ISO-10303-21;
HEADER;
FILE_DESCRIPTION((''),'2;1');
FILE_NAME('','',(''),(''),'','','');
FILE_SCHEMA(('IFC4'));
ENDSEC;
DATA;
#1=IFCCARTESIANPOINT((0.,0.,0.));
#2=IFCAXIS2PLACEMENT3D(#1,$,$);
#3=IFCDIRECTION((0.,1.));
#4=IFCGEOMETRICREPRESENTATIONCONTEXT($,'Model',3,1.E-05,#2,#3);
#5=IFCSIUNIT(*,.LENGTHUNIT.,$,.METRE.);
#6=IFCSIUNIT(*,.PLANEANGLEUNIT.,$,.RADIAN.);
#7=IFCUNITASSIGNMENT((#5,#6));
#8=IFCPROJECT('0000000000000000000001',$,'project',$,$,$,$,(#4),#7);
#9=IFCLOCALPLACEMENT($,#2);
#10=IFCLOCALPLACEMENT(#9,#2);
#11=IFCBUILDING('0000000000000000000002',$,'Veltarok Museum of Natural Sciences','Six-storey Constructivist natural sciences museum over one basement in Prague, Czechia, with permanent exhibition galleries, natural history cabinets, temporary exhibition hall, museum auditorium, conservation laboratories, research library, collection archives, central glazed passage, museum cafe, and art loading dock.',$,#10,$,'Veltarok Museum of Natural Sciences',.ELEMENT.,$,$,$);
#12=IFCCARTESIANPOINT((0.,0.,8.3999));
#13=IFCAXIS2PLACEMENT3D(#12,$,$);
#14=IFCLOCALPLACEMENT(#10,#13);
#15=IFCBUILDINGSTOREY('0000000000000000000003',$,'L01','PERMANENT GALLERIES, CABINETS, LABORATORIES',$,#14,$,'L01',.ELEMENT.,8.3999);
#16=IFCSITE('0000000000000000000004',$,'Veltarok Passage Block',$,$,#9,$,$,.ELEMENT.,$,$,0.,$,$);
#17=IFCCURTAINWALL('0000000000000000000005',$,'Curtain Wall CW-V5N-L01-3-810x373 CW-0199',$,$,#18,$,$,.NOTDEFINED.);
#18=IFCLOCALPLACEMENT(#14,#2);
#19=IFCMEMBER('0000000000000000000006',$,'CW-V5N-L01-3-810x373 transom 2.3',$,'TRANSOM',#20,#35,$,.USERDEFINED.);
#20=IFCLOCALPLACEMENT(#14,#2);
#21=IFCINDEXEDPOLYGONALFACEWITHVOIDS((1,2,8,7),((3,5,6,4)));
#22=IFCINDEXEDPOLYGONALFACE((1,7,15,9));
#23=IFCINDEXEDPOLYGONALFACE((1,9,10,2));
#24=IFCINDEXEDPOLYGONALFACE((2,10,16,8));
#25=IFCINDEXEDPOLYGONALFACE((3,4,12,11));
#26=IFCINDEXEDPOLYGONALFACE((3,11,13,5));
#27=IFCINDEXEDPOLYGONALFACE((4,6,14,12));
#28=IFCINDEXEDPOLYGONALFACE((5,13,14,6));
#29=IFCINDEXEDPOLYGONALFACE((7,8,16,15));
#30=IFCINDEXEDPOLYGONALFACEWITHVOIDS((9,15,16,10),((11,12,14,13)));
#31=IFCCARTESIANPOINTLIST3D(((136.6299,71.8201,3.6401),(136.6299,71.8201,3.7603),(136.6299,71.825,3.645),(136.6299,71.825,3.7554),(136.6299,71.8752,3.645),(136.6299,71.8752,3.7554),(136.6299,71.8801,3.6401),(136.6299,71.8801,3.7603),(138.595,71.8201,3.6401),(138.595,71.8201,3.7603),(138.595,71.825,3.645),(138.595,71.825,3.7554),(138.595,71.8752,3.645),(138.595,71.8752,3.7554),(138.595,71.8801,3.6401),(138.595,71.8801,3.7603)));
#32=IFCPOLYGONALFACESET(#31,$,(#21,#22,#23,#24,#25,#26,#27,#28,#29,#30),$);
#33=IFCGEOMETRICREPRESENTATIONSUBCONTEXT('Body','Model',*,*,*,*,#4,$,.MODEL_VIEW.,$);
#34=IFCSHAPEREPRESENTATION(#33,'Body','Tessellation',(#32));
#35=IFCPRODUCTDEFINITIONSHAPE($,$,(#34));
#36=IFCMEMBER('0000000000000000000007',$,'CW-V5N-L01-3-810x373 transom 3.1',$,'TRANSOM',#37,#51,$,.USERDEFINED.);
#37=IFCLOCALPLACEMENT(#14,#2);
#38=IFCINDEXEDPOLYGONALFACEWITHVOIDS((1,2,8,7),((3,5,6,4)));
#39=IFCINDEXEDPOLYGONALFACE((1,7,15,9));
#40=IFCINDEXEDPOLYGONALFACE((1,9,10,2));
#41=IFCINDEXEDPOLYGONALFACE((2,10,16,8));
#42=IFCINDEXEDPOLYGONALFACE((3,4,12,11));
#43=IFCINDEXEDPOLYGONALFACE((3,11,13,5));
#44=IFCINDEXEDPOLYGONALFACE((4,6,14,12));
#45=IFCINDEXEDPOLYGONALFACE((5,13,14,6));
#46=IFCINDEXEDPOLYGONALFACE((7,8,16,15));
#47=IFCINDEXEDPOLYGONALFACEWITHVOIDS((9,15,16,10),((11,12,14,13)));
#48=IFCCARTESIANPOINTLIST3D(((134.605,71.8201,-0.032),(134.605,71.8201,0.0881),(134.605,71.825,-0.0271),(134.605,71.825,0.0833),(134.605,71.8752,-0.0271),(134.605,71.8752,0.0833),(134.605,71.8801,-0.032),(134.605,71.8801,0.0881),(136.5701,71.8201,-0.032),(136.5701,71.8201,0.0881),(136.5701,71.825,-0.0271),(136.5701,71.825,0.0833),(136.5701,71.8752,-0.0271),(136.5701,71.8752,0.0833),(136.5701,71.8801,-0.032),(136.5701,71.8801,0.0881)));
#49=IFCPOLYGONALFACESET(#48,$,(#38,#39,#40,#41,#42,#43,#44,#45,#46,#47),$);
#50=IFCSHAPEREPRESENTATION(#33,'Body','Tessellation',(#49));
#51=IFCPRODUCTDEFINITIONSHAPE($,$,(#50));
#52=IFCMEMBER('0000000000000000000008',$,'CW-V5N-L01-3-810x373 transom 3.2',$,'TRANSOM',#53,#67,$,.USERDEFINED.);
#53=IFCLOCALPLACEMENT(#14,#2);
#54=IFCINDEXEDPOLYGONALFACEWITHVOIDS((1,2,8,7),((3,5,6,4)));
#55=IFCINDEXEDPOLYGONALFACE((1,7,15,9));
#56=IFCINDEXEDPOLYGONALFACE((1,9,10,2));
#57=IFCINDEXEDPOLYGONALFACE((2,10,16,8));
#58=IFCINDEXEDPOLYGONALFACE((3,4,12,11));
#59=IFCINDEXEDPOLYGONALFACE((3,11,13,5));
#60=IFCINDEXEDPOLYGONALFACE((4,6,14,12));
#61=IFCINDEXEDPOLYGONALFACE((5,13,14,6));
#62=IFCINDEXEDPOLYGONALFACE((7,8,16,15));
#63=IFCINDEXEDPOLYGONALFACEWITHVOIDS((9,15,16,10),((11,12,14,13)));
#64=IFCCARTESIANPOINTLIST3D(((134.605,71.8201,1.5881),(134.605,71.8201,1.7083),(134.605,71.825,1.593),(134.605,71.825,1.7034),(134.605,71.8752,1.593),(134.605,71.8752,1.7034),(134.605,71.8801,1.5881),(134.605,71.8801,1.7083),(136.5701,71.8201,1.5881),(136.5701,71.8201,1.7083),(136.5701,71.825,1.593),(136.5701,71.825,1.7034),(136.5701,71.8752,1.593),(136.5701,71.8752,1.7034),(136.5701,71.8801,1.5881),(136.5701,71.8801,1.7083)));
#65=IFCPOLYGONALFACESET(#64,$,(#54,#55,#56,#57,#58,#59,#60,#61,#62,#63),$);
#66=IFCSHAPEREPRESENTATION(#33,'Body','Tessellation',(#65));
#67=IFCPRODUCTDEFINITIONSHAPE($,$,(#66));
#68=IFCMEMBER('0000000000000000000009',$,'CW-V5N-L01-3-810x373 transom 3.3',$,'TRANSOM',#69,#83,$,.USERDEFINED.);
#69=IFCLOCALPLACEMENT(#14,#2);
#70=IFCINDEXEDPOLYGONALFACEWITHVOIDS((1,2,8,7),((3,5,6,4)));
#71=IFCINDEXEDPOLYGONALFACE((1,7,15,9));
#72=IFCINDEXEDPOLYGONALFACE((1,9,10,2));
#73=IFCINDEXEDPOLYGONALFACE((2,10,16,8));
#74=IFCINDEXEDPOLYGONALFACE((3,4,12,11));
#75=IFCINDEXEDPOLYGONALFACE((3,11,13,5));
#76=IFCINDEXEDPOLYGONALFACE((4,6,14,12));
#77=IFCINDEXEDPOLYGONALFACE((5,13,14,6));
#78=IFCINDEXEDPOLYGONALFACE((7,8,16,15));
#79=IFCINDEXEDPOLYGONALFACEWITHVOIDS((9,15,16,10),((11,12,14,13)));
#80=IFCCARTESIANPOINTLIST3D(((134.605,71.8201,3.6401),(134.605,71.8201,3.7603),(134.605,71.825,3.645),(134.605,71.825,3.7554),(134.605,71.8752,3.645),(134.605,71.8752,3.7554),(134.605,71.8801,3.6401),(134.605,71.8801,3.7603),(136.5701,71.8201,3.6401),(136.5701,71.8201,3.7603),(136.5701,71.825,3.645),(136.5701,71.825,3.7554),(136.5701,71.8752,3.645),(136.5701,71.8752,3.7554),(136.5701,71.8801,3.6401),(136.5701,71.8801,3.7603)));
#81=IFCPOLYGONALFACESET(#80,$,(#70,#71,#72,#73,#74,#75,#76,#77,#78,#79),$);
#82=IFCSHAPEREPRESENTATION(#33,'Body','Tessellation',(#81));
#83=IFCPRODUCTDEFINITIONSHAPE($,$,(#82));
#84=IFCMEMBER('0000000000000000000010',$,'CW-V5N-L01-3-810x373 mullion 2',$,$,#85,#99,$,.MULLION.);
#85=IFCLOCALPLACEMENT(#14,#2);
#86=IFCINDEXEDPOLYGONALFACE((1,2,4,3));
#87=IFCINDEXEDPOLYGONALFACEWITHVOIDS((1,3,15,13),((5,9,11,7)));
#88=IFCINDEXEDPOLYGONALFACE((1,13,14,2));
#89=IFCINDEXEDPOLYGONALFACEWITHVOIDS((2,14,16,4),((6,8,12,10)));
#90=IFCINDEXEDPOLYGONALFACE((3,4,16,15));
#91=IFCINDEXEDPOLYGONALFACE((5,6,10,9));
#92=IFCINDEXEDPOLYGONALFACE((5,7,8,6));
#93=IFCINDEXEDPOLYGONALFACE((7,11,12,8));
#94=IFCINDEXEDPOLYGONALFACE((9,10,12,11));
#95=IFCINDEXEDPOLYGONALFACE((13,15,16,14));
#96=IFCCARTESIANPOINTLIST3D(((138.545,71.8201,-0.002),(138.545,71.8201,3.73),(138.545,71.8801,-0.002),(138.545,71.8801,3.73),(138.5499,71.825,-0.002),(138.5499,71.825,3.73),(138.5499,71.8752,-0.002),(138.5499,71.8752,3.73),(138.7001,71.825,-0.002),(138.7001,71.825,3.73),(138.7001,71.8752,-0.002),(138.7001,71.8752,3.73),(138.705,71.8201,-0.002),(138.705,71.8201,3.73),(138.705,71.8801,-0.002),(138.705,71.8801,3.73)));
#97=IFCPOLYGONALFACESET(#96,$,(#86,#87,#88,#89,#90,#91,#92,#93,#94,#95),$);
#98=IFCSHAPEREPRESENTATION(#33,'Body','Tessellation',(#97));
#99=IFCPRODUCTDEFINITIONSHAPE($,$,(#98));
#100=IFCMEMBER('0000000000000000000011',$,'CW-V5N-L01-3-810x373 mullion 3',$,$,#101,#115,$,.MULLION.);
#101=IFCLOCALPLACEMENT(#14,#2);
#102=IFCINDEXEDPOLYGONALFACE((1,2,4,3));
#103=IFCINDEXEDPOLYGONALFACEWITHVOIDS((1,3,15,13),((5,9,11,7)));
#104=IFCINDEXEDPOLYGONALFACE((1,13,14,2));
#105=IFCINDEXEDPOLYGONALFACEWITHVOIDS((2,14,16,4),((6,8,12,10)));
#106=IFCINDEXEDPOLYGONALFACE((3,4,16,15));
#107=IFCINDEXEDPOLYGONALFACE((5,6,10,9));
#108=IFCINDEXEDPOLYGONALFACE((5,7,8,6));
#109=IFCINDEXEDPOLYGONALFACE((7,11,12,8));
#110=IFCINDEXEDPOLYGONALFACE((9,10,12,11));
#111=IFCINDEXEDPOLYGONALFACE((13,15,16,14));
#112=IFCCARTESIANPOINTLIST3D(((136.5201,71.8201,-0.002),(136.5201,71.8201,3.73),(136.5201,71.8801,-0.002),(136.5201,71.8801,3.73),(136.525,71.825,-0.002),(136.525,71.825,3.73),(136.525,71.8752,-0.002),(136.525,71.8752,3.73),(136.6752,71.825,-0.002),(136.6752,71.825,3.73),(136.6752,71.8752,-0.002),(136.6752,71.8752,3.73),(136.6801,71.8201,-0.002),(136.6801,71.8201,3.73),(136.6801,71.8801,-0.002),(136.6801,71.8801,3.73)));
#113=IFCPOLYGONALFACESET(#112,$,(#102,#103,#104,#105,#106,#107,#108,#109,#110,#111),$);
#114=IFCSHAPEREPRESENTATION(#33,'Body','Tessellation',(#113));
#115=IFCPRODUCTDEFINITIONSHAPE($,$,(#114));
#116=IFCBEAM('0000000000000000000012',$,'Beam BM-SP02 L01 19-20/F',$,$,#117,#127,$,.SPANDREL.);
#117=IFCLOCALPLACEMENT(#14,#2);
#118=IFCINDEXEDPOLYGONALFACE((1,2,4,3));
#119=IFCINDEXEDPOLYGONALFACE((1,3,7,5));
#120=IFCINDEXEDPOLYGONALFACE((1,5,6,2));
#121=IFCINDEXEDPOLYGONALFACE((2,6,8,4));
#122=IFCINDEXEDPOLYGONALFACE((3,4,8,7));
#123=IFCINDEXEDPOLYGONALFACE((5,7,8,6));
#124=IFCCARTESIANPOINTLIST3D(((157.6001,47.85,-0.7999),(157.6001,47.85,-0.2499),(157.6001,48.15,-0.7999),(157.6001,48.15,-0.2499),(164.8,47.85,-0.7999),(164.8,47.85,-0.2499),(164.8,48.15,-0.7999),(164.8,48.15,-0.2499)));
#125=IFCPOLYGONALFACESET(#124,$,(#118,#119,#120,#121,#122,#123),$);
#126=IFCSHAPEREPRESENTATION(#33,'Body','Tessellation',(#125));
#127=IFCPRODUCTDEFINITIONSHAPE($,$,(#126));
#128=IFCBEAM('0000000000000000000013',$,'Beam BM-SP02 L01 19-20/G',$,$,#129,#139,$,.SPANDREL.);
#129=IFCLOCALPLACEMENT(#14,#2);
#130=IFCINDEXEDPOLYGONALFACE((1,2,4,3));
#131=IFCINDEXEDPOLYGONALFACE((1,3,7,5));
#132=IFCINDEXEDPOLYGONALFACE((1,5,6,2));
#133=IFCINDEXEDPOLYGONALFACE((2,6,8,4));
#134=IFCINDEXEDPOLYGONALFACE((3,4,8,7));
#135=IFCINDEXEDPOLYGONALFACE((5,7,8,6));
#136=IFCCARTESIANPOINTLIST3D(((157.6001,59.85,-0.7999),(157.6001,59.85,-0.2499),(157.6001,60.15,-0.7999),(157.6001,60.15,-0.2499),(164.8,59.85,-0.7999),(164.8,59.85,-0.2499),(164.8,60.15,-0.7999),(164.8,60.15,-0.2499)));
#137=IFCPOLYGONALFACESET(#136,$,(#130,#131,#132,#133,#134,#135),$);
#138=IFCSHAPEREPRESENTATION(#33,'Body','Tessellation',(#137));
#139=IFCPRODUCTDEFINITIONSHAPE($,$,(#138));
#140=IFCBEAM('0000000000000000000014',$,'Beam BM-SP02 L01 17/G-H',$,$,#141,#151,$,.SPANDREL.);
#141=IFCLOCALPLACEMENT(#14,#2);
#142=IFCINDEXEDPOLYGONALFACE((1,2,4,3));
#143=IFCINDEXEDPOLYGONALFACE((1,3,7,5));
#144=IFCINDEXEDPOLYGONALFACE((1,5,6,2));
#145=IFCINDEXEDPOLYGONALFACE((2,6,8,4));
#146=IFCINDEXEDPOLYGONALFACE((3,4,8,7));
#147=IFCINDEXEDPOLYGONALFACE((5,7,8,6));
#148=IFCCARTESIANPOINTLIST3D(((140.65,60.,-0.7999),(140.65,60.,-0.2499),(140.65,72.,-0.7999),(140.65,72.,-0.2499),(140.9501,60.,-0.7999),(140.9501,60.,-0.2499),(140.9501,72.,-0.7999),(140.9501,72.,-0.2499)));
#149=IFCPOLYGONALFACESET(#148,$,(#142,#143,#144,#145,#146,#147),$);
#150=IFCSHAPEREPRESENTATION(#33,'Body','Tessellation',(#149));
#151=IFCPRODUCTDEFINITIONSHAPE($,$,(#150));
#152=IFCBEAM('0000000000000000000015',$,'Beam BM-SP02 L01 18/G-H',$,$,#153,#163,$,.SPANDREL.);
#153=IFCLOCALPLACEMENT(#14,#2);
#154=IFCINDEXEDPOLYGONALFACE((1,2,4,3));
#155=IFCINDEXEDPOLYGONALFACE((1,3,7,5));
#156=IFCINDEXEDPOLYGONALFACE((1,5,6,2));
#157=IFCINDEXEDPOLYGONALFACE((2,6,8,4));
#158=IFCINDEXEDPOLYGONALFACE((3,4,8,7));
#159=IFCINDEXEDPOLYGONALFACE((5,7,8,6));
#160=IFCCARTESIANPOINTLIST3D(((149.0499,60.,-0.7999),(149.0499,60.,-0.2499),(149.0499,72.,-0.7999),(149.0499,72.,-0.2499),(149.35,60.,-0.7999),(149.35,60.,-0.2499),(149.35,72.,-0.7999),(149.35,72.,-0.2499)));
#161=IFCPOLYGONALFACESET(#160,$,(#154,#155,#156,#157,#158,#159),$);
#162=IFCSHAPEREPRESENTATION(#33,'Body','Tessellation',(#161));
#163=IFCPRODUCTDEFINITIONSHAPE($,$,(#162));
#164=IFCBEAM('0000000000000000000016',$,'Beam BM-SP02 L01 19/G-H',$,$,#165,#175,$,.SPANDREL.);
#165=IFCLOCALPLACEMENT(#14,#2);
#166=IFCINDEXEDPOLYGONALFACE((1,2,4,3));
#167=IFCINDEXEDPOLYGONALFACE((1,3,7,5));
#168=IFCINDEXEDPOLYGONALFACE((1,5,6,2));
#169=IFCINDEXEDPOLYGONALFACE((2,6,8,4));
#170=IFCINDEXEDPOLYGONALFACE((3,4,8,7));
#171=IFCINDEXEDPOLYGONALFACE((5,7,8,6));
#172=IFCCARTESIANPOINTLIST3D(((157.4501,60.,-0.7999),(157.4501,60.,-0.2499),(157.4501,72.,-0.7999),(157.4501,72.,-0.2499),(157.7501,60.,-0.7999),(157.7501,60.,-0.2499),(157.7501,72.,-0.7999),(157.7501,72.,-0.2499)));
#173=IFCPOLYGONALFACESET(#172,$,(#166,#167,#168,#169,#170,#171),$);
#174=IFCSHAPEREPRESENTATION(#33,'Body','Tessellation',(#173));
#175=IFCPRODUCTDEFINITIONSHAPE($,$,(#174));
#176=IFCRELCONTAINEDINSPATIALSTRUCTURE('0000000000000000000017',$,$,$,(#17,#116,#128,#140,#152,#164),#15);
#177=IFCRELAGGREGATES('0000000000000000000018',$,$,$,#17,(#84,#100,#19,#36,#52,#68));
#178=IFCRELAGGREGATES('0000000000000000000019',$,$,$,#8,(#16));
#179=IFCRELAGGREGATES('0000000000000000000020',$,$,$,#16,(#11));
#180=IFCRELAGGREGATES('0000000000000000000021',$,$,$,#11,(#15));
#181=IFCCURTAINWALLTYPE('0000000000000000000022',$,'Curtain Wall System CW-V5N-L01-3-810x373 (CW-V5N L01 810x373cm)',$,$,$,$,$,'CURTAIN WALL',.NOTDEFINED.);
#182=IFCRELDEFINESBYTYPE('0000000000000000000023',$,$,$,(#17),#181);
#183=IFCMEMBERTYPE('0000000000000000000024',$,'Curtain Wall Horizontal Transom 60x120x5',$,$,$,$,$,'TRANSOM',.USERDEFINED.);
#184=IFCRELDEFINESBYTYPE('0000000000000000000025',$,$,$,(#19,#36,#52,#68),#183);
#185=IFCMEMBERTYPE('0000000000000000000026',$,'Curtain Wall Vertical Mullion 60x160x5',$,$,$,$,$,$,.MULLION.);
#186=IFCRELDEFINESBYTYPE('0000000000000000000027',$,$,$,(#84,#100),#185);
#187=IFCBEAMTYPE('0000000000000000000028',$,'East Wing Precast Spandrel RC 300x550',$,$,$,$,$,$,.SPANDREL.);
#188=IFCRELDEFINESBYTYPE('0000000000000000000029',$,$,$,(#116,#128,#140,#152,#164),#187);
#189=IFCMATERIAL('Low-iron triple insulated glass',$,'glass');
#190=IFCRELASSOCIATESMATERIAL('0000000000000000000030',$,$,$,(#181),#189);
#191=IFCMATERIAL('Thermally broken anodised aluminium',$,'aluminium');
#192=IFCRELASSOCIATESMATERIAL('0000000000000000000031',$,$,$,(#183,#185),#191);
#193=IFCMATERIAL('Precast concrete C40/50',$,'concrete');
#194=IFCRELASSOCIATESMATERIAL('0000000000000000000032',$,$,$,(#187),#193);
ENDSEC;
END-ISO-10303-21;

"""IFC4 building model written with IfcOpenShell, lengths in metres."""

from ifc_helpers import new_model, si_unit, direction, frame, origin, origin_2d, place, context, subcontext, project, spatial, rectangle, hollow_rectangle, extrude, material, material_profile, profile_set, type_object, element, aggregate, save


model = new_model("IFC4")

# Units and contexts
model_context = context("Model", 3, precision=1e-05, world=origin(), true_north=direction((0.0, 1.0)))
body_context = subcontext(model_context, "Body", "Model", "MODEL_VIEW")
ifc_project = project(units=[si_unit("LENGTHUNIT", "METRE"), si_unit("PLANEANGLEUNIT", "RADIAN")], contexts=[model_context])

# Site, building, storey
site_placement = place(None, origin())
site = spatial("IfcSite", under=ifc_project, at=site_placement, Name="Veltarok Passage Block", CompositionType="ELEMENT", RefElevation=0.0)
building_placement = place(site_placement, origin())
building = spatial("IfcBuilding", under=site, at=building_placement, Name="Veltarok Museum of Natural Sciences", Description="Six-storey Constructivist natural sciences museum over one basement in Prague, Czechia, with permanent exhibition galleries, natural history cabinets, temporary exhibition hall, museum auditorium, conservation laboratories, research library, collection archives, central glazed passage, museum cafe, and art loading dock.", LongName="Veltarok Museum of Natural Sciences", CompositionType="ELEMENT")
storey_placement = place(building_placement, frame((0.0, 0.0, 8.3999)))
storey = spatial("IfcBuildingStorey", under=building, at=storey_placement, Name="L01", Description="PERMANENT GALLERIES, CABINETS, LABORATORIES", LongName="L01", CompositionType="ELEMENT", Elevation=8.3999)

# Curtain wall, members
ifc_material_1 = material(Name="Low-iron triple insulated glass", Category="glass")
curtain_wall_type = type_object("IfcCurtainWallType", Name="Curtain Wall System CW-V5N-L01-3-810x373 (CW-V5N L01 810x373cm)", ElementType="CURTAIN WALL", PredefinedType="NOTDEFINED", material=ifc_material_1)
curtain_wall_placement = place(storey_placement, origin())
curtain_wall = element("IfcCurtainWall", 1, at=curtain_wall_placement, inside=storey, type_object=curtain_wall_type, Name="Curtain Wall CW-V5N-L01-3-810x373 CW-0199", PredefinedType="NOTDEFINED")
ifc_material_2 = material(Name="Thermally broken anodised aluminium", Category="aluminium")
ifc_material_profile_1 = material_profile(ifc_material_2, hollow_rectangle(XDim=0.0601, YDim=0.1201, WallThickness=0.0049, at=origin_2d()), Name="CW TRANSOM 60x120x5")
ifc_profile_set_1 = profile_set([ifc_material_profile_1], Name="Thermally broken anodised aluminium")
member_type_1 = type_object("IfcMemberType", Name="Curtain Wall Horizontal Transom 60x120x5", ElementType="TRANSOM", PredefinedType="USERDEFINED", material=ifc_profile_set_1)
member_1_placement = place(storey_placement, frame((138.595, 71.8501, 3.7002), z_axis=(-1.0, 0.0, 0.0), x_axis=(0.0, -1.0, 0.0)))
member_1 = element("IfcMember", 2, at=member_1_placement, type_object=member_type_1, Name="CW-V5N-L01-3-810x373 transom 2.3", ObjectType="TRANSOM", PredefinedType="USERDEFINED", context=body_context, shape_type="SweptSolid", body=[
    extrude(hollow_rectangle(XDim=0.0601, YDim=0.1201, WallThickness=0.0049, at=origin_2d()), origin(), (0.0, 0.0, 1.0), 1.9651),
])
member_2_placement = place(storey_placement, frame((136.5701, 71.8501, 0.0281), z_axis=(-1.0, 0.0, 0.0), x_axis=(0.0, -1.0, 0.0)))
member_2 = element("IfcMember", 3, at=member_2_placement, type_object=member_type_1, Name="CW-V5N-L01-3-810x373 transom 3.1", ObjectType="TRANSOM", PredefinedType="USERDEFINED", context=body_context, shape_type="SweptSolid", body=[
    extrude(hollow_rectangle(XDim=0.0601, YDim=0.1201, WallThickness=0.0049, at=origin_2d()), origin(), (0.0, 0.0, 1.0), 1.9651),
])
member_3_placement = place(storey_placement, frame((136.5701, 71.8501, 1.6482), z_axis=(-1.0, 0.0, 0.0), x_axis=(0.0, -1.0, 0.0)))
member_3 = element("IfcMember", 4, at=member_3_placement, type_object=member_type_1, Name="CW-V5N-L01-3-810x373 transom 3.2", ObjectType="TRANSOM", PredefinedType="USERDEFINED", context=body_context, shape_type="SweptSolid", body=[
    extrude(hollow_rectangle(XDim=0.0601, YDim=0.1201, WallThickness=0.0049, at=origin_2d()), origin(), (0.0, 0.0, 1.0), 1.9651),
])
member_4_placement = place(storey_placement, frame((136.5701, 71.8501, 3.7002), z_axis=(-1.0, 0.0, 0.0), x_axis=(0.0, -1.0, 0.0)))
member_4 = element("IfcMember", 5, at=member_4_placement, type_object=member_type_1, Name="CW-V5N-L01-3-810x373 transom 3.3", ObjectType="TRANSOM", PredefinedType="USERDEFINED", context=body_context, shape_type="SweptSolid", body=[
    extrude(hollow_rectangle(XDim=0.0601, YDim=0.1201, WallThickness=0.0049, at=origin_2d()), origin(), (0.0, 0.0, 1.0), 1.9651),
])
ifc_material_profile_2 = material_profile(ifc_material_2, hollow_rectangle(XDim=0.0601, YDim=0.1599, WallThickness=0.0049, at=origin_2d()), Name="CW MULLION 60x160x5")
ifc_profile_set_2 = profile_set([ifc_material_profile_2], Name="Thermally broken anodised aluminium")
member_type_2 = type_object("IfcMemberType", Name="Curtain Wall Vertical Mullion 60x160x5", PredefinedType="MULLION", material=ifc_profile_set_2)
member_5_placement = place(storey_placement, frame((138.625, 71.8501, -0.002), z_axis=(0.0, 0.0, 1.0), x_axis=(0.0, -1.0, 0.0)))
member_5 = element("IfcMember", 6, at=member_5_placement, type_object=member_type_2, Name="CW-V5N-L01-3-810x373 mullion 2", PredefinedType="MULLION", context=body_context, shape_type="SweptSolid", body=[
    extrude(hollow_rectangle(XDim=0.0601, YDim=0.1599, WallThickness=0.0049, at=origin_2d()), origin(), (0.0, 0.0, 1.0), 3.7319),
])
member_6_placement = place(storey_placement, frame((136.6001, 71.8501, -0.002), z_axis=(0.0, 0.0, 1.0), x_axis=(0.0, -1.0, 0.0)))
member_6 = element("IfcMember", 7, at=member_6_placement, type_object=member_type_2, Name="CW-V5N-L01-3-810x373 mullion 3", PredefinedType="MULLION", context=body_context, shape_type="SweptSolid", body=[
    extrude(hollow_rectangle(XDim=0.0601, YDim=0.1599, WallThickness=0.0049, at=origin_2d()), origin(), (0.0, 0.0, 1.0), 3.7319),
])

# Beams
ifc_material_3 = material(Name="Precast concrete C40/50", Category="concrete")
ifc_material_profile_3 = material_profile(ifc_material_3, rectangle(XDim=0.3, YDim=0.55, at=origin_2d()), Name="RC 300x550")
ifc_profile_set_3 = profile_set([ifc_material_profile_3], Name="Precast concrete C40/50")
beam_type_1 = type_object("IfcBeamType", Name="East Wing Precast Spandrel RC 300x550", PredefinedType="SPANDREL", material=ifc_profile_set_3)
for number, where, z_axis, x_axis, name in (
    (8, (157.6001, 48.0, -0.5249), (1.0, 0.0, 0.0), (0.0, 1.0, 0.0), "Beam BM-SP02 L01 19-20/F"),
    (9, (157.6001, 60.0, -0.5249), (1.0, 0.0, 0.0), (0.0, 1.0, 0.0), "Beam BM-SP02 L01 19-20/G"),
):
    element("IfcBeam", number, at=place(storey_placement, frame(where, z_axis=z_axis, x_axis=x_axis)), inside=storey, type_object=beam_type_1, Name=name, PredefinedType="SPANDREL", context=body_context, shape_type="SweptSolid", body=[
        extrude(rectangle(XDim=0.3, YDim=0.55, at=origin_2d()), origin(), (0.0, 0.0, 1.0), 7.2),
    ])
for number, where, z_axis, x_axis, name in (
    (10, (140.8, 60.0, -0.5249), (0.0, 1.0, 0.0), (-1.0, 0.0, 0.0), "Beam BM-SP02 L01 17/G-H"),
    (11, (149.2, 60.0, -0.5249), (0.0, 1.0, 0.0), (-1.0, 0.0, 0.0), "Beam BM-SP02 L01 18/G-H"),
    (12, (157.6001, 60.0, -0.5249), (0.0, 1.0, 0.0), (-1.0, 0.0, 0.0), "Beam BM-SP02 L01 19/G-H"),
):
    element("IfcBeam", number, at=place(storey_placement, frame(where, z_axis=z_axis, x_axis=x_axis)), inside=storey, type_object=beam_type_1, Name=name, PredefinedType="SPANDREL", context=body_context, shape_type="SweptSolid", body=[
        extrude(rectangle(XDim=0.3, YDim=0.55, at=origin_2d()), origin(), (0.0, 0.0, 1.0), 12.0),
    ])

aggregate(curtain_wall, [member_5, member_6, member_1, member_2, member_3, member_4])

save(model, "model.ifc")
